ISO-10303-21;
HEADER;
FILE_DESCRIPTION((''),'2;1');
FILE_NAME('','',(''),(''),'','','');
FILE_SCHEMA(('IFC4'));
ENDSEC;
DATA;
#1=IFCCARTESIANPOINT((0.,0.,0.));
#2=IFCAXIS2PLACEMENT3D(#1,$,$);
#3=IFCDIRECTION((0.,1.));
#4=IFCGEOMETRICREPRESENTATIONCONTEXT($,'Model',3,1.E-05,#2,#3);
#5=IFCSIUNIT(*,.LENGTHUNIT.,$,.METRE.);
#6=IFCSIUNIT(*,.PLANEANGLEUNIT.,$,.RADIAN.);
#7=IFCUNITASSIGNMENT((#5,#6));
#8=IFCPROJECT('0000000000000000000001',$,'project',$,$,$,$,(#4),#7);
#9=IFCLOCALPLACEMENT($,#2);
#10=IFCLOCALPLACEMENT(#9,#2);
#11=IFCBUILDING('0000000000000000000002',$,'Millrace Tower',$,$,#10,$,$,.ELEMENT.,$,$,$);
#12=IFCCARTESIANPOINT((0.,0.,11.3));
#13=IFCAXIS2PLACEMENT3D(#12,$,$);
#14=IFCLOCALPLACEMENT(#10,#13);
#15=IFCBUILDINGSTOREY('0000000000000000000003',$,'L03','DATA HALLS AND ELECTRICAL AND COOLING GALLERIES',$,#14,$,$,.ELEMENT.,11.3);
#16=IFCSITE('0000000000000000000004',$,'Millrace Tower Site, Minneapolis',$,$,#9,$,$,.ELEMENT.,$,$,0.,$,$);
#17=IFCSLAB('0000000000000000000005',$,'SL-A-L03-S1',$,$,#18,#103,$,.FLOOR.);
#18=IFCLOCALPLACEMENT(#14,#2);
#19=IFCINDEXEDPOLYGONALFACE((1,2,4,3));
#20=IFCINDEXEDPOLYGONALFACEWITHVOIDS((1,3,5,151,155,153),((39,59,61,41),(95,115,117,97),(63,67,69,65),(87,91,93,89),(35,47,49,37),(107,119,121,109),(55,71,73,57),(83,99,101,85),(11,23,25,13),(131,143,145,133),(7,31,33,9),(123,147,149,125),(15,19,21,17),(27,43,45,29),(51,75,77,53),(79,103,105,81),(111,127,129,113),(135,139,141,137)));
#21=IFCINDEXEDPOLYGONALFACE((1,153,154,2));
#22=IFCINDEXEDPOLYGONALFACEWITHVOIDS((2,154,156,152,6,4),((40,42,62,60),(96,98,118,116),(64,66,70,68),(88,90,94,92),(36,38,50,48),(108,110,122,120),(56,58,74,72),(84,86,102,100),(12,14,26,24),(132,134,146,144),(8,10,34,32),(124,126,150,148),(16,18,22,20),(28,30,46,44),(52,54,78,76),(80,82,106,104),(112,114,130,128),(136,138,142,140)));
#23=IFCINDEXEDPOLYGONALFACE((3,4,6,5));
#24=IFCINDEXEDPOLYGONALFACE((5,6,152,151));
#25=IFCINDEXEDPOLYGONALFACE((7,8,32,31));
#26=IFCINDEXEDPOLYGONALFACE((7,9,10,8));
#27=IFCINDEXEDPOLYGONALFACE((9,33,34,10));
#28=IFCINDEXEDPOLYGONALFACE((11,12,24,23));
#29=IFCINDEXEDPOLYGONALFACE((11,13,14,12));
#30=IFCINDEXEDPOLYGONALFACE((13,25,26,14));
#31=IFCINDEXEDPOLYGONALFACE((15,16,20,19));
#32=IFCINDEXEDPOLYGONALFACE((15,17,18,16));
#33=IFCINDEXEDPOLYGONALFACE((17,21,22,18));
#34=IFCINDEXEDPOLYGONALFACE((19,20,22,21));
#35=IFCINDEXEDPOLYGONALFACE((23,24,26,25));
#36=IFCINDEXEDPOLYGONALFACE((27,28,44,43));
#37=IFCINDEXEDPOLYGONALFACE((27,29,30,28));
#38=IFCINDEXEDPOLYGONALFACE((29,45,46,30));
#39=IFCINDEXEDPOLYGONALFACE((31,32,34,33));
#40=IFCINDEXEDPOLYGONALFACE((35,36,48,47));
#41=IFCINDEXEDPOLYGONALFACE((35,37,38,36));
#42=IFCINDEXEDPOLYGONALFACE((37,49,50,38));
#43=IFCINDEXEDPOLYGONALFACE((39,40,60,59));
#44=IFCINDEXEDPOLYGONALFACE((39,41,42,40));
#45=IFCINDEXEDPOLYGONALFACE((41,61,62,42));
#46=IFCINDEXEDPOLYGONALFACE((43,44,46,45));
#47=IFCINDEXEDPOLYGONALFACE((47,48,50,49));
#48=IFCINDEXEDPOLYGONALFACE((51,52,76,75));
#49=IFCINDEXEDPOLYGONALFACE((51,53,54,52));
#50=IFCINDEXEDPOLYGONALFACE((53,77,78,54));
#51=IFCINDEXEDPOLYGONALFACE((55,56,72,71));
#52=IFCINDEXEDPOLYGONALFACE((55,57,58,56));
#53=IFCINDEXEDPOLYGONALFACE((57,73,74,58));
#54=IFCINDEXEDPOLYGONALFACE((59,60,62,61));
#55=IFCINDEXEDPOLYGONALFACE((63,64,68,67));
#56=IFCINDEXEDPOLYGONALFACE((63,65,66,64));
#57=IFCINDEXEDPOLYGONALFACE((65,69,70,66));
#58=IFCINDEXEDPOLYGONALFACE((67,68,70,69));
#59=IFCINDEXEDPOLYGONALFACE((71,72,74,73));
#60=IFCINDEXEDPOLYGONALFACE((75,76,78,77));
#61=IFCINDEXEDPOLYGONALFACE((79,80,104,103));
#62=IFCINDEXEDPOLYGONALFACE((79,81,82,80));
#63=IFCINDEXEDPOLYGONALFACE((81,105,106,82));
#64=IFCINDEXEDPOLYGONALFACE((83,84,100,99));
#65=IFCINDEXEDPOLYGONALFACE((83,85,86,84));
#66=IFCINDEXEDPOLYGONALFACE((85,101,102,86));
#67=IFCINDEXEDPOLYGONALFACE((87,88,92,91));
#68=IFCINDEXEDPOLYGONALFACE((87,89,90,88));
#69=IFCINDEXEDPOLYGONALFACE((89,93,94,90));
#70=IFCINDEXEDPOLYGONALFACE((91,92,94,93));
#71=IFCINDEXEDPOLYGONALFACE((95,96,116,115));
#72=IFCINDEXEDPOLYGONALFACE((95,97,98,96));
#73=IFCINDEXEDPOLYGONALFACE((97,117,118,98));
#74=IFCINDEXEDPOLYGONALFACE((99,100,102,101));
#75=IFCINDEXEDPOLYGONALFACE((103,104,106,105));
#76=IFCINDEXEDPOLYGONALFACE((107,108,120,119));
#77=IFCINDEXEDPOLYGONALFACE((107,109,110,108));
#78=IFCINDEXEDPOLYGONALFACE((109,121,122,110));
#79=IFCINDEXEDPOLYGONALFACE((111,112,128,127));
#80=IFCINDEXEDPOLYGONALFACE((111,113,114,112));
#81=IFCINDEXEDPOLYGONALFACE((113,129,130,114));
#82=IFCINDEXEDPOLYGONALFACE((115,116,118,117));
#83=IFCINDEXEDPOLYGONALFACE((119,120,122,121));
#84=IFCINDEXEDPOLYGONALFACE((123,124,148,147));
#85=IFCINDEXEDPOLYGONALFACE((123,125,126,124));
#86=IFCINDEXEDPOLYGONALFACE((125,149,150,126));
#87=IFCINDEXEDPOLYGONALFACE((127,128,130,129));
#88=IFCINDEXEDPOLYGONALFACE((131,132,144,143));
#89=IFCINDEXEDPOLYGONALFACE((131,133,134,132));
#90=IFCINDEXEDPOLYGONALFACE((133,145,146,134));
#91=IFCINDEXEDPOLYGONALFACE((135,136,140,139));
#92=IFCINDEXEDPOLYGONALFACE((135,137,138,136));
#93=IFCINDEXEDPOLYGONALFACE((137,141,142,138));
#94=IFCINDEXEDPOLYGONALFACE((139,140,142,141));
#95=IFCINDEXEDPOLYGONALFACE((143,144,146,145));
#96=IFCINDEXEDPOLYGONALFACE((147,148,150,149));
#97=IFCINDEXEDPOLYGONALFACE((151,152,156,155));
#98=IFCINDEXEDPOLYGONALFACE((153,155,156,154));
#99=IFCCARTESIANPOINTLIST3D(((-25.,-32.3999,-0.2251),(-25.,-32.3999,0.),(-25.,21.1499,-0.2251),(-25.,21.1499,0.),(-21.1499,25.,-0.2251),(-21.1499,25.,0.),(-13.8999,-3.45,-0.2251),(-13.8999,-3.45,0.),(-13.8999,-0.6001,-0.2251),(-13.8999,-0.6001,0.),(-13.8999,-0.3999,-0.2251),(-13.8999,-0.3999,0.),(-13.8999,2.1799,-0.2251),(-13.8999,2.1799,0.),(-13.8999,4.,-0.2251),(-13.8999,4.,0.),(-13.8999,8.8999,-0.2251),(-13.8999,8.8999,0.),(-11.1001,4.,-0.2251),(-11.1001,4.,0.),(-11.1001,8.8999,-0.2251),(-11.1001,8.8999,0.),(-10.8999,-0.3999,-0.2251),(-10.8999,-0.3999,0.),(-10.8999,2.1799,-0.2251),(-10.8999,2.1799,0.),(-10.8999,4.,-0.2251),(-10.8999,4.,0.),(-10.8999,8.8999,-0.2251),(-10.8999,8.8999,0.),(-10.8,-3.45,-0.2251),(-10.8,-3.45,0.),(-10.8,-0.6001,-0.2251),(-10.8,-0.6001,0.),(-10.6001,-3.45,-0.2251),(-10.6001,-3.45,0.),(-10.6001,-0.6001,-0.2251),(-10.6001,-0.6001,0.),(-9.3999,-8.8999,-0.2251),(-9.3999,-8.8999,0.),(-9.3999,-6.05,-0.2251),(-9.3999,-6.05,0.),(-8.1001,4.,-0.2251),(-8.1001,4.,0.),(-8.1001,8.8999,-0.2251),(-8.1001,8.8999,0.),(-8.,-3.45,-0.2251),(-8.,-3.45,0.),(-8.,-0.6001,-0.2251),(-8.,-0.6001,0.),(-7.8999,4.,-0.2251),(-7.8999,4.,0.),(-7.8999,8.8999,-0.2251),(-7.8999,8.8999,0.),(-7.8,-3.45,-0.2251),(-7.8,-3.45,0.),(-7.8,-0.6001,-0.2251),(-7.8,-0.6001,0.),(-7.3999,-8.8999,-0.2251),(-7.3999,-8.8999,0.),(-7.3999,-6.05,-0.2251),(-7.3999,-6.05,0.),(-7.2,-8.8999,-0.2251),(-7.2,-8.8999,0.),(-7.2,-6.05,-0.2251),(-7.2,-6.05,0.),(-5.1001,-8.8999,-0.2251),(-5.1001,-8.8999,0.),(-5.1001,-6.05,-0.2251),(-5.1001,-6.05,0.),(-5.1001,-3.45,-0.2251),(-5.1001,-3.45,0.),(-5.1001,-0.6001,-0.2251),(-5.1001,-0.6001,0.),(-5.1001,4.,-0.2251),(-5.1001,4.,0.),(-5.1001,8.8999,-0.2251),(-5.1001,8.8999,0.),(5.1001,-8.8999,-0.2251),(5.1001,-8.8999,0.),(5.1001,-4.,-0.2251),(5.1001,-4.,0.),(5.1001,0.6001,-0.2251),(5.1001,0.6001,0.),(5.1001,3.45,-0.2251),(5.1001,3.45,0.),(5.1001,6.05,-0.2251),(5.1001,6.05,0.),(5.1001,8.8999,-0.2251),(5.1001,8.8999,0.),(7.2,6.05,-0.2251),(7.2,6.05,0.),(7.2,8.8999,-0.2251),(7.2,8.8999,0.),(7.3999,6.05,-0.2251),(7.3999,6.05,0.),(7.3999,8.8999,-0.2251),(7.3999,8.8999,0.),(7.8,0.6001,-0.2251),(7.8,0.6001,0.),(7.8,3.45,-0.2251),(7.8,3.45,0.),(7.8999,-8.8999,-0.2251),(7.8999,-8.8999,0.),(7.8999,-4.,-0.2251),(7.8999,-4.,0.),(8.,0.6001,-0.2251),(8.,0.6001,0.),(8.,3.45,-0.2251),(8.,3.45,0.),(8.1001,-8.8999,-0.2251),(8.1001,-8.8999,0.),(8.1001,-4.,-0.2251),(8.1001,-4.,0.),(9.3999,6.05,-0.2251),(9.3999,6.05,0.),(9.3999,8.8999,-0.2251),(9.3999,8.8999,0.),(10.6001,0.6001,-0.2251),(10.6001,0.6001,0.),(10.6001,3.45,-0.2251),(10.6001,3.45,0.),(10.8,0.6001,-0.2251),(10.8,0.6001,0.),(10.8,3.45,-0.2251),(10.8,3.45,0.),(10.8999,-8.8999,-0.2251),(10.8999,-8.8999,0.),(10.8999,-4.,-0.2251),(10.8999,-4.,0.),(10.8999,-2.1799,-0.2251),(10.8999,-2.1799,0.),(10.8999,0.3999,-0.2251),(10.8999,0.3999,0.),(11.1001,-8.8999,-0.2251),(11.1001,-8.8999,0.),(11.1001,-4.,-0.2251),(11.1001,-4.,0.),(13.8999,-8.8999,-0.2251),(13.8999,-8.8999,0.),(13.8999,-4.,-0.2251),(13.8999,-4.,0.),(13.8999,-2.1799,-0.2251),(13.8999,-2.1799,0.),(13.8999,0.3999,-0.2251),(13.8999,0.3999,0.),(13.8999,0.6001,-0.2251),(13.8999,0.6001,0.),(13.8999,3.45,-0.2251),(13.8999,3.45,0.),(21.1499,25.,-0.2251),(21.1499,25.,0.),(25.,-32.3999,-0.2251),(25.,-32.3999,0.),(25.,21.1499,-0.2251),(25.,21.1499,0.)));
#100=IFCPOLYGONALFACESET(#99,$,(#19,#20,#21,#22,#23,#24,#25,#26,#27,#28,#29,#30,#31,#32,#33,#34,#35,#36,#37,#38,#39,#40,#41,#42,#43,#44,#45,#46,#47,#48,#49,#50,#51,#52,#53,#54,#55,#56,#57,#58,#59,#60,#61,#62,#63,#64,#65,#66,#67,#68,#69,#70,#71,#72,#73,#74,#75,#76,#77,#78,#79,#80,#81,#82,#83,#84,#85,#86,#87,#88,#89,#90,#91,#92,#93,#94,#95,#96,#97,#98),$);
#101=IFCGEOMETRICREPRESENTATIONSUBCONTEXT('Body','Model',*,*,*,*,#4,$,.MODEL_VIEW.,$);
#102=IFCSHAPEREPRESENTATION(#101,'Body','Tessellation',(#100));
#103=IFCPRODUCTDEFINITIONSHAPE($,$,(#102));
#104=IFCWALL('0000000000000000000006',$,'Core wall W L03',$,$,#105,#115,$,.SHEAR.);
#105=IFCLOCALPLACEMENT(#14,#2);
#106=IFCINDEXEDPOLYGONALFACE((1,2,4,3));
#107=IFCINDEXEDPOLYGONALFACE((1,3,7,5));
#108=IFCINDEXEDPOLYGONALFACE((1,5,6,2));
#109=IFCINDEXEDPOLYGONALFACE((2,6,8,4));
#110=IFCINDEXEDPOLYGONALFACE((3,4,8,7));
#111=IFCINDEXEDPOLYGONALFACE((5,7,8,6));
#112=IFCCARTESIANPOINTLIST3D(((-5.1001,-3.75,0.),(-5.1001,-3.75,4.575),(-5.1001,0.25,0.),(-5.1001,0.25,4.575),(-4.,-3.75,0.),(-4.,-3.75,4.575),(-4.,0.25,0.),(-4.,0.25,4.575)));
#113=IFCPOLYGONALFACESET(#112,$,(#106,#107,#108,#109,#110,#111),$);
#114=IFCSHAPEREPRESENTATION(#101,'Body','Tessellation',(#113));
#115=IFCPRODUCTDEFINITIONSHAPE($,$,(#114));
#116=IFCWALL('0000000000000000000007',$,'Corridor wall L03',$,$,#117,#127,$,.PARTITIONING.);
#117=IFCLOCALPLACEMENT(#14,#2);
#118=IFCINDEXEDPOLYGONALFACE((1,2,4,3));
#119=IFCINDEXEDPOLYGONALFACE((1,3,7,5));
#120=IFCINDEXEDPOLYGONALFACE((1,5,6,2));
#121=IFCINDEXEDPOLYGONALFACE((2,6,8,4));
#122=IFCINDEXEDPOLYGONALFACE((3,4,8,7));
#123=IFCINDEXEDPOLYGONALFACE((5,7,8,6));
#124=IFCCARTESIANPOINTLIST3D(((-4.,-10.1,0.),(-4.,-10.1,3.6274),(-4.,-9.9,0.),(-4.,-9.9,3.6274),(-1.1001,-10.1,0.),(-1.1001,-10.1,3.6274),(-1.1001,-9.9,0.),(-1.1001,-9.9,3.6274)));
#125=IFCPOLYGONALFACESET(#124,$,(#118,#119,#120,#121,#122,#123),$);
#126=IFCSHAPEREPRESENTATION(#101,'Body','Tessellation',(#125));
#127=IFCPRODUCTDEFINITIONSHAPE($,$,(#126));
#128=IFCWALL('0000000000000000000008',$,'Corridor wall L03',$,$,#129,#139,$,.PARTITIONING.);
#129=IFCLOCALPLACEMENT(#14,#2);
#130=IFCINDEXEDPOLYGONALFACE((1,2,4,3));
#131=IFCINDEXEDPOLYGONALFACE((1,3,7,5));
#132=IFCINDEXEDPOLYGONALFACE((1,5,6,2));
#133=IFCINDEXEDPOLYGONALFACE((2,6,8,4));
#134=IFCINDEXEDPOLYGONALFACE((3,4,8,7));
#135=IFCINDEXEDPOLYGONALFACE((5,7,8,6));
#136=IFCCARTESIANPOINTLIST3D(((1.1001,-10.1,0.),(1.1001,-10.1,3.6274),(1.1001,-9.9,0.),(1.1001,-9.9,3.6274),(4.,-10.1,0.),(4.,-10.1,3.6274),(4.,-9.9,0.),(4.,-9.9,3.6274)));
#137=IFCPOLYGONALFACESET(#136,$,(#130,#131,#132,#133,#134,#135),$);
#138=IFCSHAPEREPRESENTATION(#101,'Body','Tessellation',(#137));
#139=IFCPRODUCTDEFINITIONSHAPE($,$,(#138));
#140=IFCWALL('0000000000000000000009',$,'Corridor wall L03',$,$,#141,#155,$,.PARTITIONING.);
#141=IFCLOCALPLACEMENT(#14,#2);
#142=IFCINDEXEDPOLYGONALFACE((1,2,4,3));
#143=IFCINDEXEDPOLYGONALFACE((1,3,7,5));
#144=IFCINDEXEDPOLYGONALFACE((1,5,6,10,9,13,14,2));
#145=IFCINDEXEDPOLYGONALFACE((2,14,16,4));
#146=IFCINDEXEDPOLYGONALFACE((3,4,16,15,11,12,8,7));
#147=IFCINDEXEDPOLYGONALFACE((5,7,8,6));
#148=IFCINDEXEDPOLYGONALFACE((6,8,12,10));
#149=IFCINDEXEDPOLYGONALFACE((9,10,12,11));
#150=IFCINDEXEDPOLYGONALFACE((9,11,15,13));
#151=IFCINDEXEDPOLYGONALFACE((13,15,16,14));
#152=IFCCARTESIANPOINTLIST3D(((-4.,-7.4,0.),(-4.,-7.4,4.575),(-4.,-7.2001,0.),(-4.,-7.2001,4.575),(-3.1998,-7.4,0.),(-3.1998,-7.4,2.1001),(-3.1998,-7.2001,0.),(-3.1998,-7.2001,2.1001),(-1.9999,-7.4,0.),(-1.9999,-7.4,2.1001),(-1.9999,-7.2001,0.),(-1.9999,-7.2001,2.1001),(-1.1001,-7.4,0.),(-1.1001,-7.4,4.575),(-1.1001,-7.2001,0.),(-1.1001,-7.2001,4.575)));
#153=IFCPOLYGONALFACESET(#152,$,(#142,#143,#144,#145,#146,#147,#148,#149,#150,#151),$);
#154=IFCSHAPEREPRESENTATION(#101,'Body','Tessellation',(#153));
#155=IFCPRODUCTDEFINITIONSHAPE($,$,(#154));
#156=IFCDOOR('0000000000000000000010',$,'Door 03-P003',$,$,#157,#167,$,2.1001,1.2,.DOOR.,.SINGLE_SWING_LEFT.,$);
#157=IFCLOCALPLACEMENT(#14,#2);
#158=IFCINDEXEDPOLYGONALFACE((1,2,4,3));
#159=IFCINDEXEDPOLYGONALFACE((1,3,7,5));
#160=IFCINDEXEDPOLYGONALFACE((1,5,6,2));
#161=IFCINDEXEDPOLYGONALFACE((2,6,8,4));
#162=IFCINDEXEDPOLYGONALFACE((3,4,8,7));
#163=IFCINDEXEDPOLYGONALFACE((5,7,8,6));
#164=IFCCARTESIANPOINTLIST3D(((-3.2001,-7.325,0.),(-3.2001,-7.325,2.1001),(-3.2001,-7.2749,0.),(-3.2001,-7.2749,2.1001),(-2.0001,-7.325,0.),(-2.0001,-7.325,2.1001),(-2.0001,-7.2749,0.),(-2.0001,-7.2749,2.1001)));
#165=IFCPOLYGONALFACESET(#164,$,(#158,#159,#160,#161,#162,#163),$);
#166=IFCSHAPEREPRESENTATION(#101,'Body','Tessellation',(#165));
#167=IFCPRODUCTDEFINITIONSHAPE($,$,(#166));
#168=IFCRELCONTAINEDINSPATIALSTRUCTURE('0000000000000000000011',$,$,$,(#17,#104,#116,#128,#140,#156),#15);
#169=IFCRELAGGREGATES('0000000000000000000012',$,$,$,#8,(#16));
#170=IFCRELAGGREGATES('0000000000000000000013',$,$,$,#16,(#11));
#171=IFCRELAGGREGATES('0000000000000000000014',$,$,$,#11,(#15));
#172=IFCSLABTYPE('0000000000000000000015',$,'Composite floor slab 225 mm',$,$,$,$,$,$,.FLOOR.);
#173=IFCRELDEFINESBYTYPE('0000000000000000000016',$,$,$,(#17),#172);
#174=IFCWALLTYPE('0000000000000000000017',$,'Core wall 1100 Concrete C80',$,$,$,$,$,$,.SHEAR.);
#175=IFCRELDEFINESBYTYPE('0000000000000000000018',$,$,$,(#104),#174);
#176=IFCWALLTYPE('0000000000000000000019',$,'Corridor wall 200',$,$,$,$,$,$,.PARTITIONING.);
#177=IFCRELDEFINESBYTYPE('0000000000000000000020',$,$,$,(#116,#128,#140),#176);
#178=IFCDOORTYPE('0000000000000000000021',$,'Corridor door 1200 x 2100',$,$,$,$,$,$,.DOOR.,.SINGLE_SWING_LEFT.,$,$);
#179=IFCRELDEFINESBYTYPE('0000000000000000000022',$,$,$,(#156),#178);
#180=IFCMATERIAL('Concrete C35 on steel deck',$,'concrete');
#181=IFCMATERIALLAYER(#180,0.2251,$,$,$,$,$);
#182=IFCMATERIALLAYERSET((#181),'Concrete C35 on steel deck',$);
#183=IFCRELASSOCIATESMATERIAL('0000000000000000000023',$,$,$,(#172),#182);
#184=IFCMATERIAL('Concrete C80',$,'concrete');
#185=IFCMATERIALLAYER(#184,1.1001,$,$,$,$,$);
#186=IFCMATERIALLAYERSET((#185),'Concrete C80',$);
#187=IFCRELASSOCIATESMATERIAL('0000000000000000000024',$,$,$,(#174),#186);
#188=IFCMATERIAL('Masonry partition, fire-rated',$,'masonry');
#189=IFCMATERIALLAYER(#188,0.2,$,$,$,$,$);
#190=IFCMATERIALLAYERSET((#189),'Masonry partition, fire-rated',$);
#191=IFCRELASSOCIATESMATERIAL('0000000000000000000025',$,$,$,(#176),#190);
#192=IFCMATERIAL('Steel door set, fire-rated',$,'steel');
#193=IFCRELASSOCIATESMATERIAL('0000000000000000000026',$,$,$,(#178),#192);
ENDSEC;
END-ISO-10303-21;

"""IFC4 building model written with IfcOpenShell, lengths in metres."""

from ifc_helpers import new_model, si_unit, direction, frame, frame_2d, origin, place, context, subcontext, project, spatial, polyline, rectangle, outline, extrude, material, layer, layer_set, type_object, element, fill, save


model = new_model("IFC4")

# Units and contexts
model_context = context("Model", 3, precision=1e-05, world=origin(), true_north=direction((0.0, 1.0)))
body_context = subcontext(model_context, "Body", "Model", "MODEL_VIEW")
ifc_project = project(units=[si_unit("LENGTHUNIT", "METRE"), si_unit("PLANEANGLEUNIT", "RADIAN")], contexts=[model_context])

# Site, building, storey
site_placement = place(None, origin())
site = spatial("IfcSite", under=ifc_project, at=site_placement, Name="Millrace Tower Site, Minneapolis", CompositionType="ELEMENT", RefElevation=0.0)
building_placement = place(site_placement, origin())
building = spatial("IfcBuilding", under=site, at=building_placement, Name="Millrace Tower", CompositionType="ELEMENT")
storey_placement = place(building_placement, frame((0.0, 0.0, 11.3)))
storey = spatial("IfcBuildingStorey", under=building, at=storey_placement, Name="L03", Description="DATA HALLS AND ELECTRICAL AND COOLING GALLERIES", CompositionType="ELEMENT", Elevation=11.3)

# Slab
ifc_material_1 = material(Name="Concrete C35 on steel deck", Category="concrete")
ifc_layer_1 = layer(ifc_material_1, 0.2251)
ifc_layer_set_1 = layer_set([ifc_layer_1], Name="Concrete C35 on steel deck")
slab_type = type_object("IfcSlabType", Name="Composite floor slab 225 mm", PredefinedType="FLOOR", material=ifc_layer_set_1)
slab_placement = place(storey_placement, frame((0.0, 0.0, -0.2251)))
element("IfcSlab", 1, at=slab_placement, inside=storey, type_object=slab_type, Name="SL-A-L03-S1", PredefinedType="FLOOR", context=body_context, shape_type="SweptSolid", body=[
    extrude(outline(polyline([(-25.0, -32.3999), (25.0, -32.3999), (25.0, 21.1499), (21.1499, 25.0), (-21.1499, 25.0), (-25.0, 21.1499), (-25.0, -32.3999)]), holes=[polyline([(-9.3999, -8.8999), (-7.3999, -8.8999), (-7.3999, -6.05), (-9.3999, -6.05), (-9.3999, -8.8999)]), polyline([(-7.2, -8.8999), (-5.1001, -8.8999), (-5.1001, -6.05), (-7.2, -6.05), (-7.2, -8.8999)]), polyline([(-13.8999, -3.45), (-10.8, -3.45), (-10.8, -0.6001), (-13.8999, -0.6001), (-13.8999, -3.45)]), polyline([(-10.6001, -3.45), (-8.0, -3.45), (-8.0, -0.6001), (-10.6001, -0.6001), (-10.6001, -3.45)]), polyline([(-7.8, -3.45), (-5.1001, -3.45), (-5.1001, -0.6001), (-7.8, -0.6001), (-7.8, -3.45)]), polyline([(-13.8999, -0.3999), (-10.8999, -0.3999), (-10.8999, 2.1799), (-13.8999, 2.1799), (-13.8999, -0.3999)]), polyline([(-13.8999, 4.0), (-11.1001, 4.0), (-11.1001, 8.8999), (-13.8999, 8.8999), (-13.8999, 4.0)]), polyline([(-10.8999, 4.0), (-8.1001, 4.0), (-8.1001, 8.8999), (-10.8999, 8.8999), (-10.8999, 4.0)]), polyline([(-7.8999, 4.0), (-5.1001, 4.0), (-5.1001, 8.8999), (-7.8999, 8.8999), (-7.8999, 4.0)]), polyline([(7.3999, 6.05), (9.3999, 6.05), (9.3999, 8.8999), (7.3999, 8.8999), (7.3999, 6.05)]), polyline([(5.1001, 6.05), (7.2, 6.05), (7.2, 8.8999), (5.1001, 8.8999), (5.1001, 6.05)]), polyline([(10.8, 0.6001), (13.8999, 0.6001), (13.8999, 3.45), (10.8, 3.45), (10.8, 0.6001)]), polyline([(8.0, 0.6001), (10.6001, 0.6001), (10.6001, 3.45), (8.0, 3.45), (8.0, 0.6001)]), polyline([(5.1001, 0.6001), (7.8, 0.6001), (7.8, 3.45), (5.1001, 3.45), (5.1001, 0.6001)]), polyline([(10.8999, -2.1799), (13.8999, -2.1799), (13.8999, 0.3999), (10.8999, 0.3999), (10.8999, -2.1799)]), polyline([(11.1001, -8.8999), (13.8999, -8.8999), (13.8999, -4.0), (11.1001, -4.0), (11.1001, -8.8999)]), polyline([(8.1001, -8.8999), (10.8999, -8.8999), (10.8999, -4.0), (8.1001, -4.0), (8.1001, -8.8999)]), polyline([(5.1001, -8.8999), (7.8999, -8.8999), (7.8999, -4.0), (5.1001, -4.0), (5.1001, -8.8999)])]), origin(), (0.0, 0.0, 1.0), 0.2251),
])

# Walls
ifc_material_2 = material(Name="Concrete C80", Category="concrete")
ifc_layer_2 = layer(ifc_material_2, 1.1001)
ifc_layer_set_2 = layer_set([ifc_layer_2], Name="Concrete C80")
wall_type_1 = type_object("IfcWallType", Name="Core wall 1100 Concrete C80", PredefinedType="SHEAR", material=ifc_layer_set_2)
wall_1_placement = place(storey_placement, frame((-4.55, -3.75, 0.0), z_axis=(0.0, 0.0, 1.0), x_axis=(0.0, 1.0, 0.0)))
element("IfcWall", 2, at=wall_1_placement, inside=storey, type_object=wall_type_1, Name="Core wall W L03", PredefinedType="SHEAR", context=body_context, shape_type="SweptSolid", body=[
    extrude(rectangle(XDim=4.0, YDim=1.1001, at=frame_2d((2.0, 0.0))), origin(), (0.0, 0.0, 1.0), 4.575),
])
ifc_material_3 = material(Name="Masonry partition, fire-rated", Category="masonry")
ifc_layer_3 = layer(ifc_material_3, 0.2)
ifc_layer_set_3 = layer_set([ifc_layer_3], Name="Masonry partition, fire-rated")
wall_type_2 = type_object("IfcWallType", Name="Corridor wall 200", PredefinedType="PARTITIONING", material=ifc_layer_set_3)
for number, where, z_axis, x_axis, name in (
    (3, (-4.0, -10.0, 0.0), (0.0, 0.0, 1.0), (1.0, 0.0, 0.0), "Corridor wall L03"),
    (4, (1.1001, -10.0, 0.0), (0.0, 0.0, 1.0), (1.0, 0.0, 0.0), "Corridor wall L03"),
):
    element("IfcWall", number, at=place(storey_placement, frame(where, z_axis=z_axis, x_axis=x_axis)), inside=storey, type_object=wall_type_2, Name=name, PredefinedType="PARTITIONING", context=body_context, shape_type="SweptSolid", body=[
        extrude(rectangle(XDim=2.8999, YDim=0.2, at=frame_2d((1.45, 0.0))), origin(), (0.0, 0.0, 1.0), 3.6274),
    ])

# Wall, opening, door
wall_2_placement = place(storey_placement, frame((-4.0, -7.3, 0.0), z_axis=(0.0, 0.0, 1.0), x_axis=(1.0, 0.0, 0.0)))
wall_2 = element("IfcWall", 5, at=wall_2_placement, inside=storey, type_object=wall_type_2, Name="Corridor wall L03", PredefinedType="PARTITIONING", context=body_context, shape_type="SweptSolid", body=[
    extrude(rectangle(XDim=2.8999, YDim=0.2, at=frame_2d((1.45, 0.0))), origin(), (0.0, 0.0, 1.0), 4.575),
])
opening_1_placement = place(wall_2_placement, frame((0.8, 0.0, 0.0)))
opening_1 = element("IfcOpeningElement", 6, at=opening_1_placement, cuts=wall_2, PredefinedType="OPENING", context=body_context, shape_type="SweptSolid", body=[
    extrude(rectangle(XDim=1.2, YDim=2.1001, at=frame_2d((0.6001, 1.05))), frame((0.0, 0.1099, 0.0), z_axis=(0.0, -1.0, 0.0), x_axis=(1.0, 0.0, 0.0)), (0.0, 0.0, 1.0), 0.22),
])
ifc_material_4 = material(Name="Steel door set, fire-rated", Category="steel")
door_type_1 = type_object("IfcDoorType", Name="Corridor door 1200 x 2100", OperationType="SINGLE_SWING_LEFT", PredefinedType="DOOR", material=ifc_material_4)
door_1_placement = place(opening_1_placement, frame((1.2, 0.0, 0.0), z_axis=(0.0, 0.0, 1.0), x_axis=(-1.0, 0.0, 0.0)))
door_1 = element("IfcDoor", 7, at=door_1_placement, inside=storey, type_object=door_type_1, Name="Door 03-P003", OperationType="SINGLE_SWING_LEFT", OverallHeight=2.1001, OverallWidth=1.2, PredefinedType="DOOR", context=body_context, shape_type="SweptSolid", body=[
    extrude(rectangle(XDim=1.2, YDim=2.1001, at=frame_2d((0.6001, 1.05))), frame((0.0, 0.0249, 0.0), z_axis=(0.0, -1.0, 0.0), x_axis=(1.0, 0.0, 0.0)), (0.0, 0.0, 1.0), 0.05),
])
fill(opening_1, door_1)

save(model, "model.ifc")
